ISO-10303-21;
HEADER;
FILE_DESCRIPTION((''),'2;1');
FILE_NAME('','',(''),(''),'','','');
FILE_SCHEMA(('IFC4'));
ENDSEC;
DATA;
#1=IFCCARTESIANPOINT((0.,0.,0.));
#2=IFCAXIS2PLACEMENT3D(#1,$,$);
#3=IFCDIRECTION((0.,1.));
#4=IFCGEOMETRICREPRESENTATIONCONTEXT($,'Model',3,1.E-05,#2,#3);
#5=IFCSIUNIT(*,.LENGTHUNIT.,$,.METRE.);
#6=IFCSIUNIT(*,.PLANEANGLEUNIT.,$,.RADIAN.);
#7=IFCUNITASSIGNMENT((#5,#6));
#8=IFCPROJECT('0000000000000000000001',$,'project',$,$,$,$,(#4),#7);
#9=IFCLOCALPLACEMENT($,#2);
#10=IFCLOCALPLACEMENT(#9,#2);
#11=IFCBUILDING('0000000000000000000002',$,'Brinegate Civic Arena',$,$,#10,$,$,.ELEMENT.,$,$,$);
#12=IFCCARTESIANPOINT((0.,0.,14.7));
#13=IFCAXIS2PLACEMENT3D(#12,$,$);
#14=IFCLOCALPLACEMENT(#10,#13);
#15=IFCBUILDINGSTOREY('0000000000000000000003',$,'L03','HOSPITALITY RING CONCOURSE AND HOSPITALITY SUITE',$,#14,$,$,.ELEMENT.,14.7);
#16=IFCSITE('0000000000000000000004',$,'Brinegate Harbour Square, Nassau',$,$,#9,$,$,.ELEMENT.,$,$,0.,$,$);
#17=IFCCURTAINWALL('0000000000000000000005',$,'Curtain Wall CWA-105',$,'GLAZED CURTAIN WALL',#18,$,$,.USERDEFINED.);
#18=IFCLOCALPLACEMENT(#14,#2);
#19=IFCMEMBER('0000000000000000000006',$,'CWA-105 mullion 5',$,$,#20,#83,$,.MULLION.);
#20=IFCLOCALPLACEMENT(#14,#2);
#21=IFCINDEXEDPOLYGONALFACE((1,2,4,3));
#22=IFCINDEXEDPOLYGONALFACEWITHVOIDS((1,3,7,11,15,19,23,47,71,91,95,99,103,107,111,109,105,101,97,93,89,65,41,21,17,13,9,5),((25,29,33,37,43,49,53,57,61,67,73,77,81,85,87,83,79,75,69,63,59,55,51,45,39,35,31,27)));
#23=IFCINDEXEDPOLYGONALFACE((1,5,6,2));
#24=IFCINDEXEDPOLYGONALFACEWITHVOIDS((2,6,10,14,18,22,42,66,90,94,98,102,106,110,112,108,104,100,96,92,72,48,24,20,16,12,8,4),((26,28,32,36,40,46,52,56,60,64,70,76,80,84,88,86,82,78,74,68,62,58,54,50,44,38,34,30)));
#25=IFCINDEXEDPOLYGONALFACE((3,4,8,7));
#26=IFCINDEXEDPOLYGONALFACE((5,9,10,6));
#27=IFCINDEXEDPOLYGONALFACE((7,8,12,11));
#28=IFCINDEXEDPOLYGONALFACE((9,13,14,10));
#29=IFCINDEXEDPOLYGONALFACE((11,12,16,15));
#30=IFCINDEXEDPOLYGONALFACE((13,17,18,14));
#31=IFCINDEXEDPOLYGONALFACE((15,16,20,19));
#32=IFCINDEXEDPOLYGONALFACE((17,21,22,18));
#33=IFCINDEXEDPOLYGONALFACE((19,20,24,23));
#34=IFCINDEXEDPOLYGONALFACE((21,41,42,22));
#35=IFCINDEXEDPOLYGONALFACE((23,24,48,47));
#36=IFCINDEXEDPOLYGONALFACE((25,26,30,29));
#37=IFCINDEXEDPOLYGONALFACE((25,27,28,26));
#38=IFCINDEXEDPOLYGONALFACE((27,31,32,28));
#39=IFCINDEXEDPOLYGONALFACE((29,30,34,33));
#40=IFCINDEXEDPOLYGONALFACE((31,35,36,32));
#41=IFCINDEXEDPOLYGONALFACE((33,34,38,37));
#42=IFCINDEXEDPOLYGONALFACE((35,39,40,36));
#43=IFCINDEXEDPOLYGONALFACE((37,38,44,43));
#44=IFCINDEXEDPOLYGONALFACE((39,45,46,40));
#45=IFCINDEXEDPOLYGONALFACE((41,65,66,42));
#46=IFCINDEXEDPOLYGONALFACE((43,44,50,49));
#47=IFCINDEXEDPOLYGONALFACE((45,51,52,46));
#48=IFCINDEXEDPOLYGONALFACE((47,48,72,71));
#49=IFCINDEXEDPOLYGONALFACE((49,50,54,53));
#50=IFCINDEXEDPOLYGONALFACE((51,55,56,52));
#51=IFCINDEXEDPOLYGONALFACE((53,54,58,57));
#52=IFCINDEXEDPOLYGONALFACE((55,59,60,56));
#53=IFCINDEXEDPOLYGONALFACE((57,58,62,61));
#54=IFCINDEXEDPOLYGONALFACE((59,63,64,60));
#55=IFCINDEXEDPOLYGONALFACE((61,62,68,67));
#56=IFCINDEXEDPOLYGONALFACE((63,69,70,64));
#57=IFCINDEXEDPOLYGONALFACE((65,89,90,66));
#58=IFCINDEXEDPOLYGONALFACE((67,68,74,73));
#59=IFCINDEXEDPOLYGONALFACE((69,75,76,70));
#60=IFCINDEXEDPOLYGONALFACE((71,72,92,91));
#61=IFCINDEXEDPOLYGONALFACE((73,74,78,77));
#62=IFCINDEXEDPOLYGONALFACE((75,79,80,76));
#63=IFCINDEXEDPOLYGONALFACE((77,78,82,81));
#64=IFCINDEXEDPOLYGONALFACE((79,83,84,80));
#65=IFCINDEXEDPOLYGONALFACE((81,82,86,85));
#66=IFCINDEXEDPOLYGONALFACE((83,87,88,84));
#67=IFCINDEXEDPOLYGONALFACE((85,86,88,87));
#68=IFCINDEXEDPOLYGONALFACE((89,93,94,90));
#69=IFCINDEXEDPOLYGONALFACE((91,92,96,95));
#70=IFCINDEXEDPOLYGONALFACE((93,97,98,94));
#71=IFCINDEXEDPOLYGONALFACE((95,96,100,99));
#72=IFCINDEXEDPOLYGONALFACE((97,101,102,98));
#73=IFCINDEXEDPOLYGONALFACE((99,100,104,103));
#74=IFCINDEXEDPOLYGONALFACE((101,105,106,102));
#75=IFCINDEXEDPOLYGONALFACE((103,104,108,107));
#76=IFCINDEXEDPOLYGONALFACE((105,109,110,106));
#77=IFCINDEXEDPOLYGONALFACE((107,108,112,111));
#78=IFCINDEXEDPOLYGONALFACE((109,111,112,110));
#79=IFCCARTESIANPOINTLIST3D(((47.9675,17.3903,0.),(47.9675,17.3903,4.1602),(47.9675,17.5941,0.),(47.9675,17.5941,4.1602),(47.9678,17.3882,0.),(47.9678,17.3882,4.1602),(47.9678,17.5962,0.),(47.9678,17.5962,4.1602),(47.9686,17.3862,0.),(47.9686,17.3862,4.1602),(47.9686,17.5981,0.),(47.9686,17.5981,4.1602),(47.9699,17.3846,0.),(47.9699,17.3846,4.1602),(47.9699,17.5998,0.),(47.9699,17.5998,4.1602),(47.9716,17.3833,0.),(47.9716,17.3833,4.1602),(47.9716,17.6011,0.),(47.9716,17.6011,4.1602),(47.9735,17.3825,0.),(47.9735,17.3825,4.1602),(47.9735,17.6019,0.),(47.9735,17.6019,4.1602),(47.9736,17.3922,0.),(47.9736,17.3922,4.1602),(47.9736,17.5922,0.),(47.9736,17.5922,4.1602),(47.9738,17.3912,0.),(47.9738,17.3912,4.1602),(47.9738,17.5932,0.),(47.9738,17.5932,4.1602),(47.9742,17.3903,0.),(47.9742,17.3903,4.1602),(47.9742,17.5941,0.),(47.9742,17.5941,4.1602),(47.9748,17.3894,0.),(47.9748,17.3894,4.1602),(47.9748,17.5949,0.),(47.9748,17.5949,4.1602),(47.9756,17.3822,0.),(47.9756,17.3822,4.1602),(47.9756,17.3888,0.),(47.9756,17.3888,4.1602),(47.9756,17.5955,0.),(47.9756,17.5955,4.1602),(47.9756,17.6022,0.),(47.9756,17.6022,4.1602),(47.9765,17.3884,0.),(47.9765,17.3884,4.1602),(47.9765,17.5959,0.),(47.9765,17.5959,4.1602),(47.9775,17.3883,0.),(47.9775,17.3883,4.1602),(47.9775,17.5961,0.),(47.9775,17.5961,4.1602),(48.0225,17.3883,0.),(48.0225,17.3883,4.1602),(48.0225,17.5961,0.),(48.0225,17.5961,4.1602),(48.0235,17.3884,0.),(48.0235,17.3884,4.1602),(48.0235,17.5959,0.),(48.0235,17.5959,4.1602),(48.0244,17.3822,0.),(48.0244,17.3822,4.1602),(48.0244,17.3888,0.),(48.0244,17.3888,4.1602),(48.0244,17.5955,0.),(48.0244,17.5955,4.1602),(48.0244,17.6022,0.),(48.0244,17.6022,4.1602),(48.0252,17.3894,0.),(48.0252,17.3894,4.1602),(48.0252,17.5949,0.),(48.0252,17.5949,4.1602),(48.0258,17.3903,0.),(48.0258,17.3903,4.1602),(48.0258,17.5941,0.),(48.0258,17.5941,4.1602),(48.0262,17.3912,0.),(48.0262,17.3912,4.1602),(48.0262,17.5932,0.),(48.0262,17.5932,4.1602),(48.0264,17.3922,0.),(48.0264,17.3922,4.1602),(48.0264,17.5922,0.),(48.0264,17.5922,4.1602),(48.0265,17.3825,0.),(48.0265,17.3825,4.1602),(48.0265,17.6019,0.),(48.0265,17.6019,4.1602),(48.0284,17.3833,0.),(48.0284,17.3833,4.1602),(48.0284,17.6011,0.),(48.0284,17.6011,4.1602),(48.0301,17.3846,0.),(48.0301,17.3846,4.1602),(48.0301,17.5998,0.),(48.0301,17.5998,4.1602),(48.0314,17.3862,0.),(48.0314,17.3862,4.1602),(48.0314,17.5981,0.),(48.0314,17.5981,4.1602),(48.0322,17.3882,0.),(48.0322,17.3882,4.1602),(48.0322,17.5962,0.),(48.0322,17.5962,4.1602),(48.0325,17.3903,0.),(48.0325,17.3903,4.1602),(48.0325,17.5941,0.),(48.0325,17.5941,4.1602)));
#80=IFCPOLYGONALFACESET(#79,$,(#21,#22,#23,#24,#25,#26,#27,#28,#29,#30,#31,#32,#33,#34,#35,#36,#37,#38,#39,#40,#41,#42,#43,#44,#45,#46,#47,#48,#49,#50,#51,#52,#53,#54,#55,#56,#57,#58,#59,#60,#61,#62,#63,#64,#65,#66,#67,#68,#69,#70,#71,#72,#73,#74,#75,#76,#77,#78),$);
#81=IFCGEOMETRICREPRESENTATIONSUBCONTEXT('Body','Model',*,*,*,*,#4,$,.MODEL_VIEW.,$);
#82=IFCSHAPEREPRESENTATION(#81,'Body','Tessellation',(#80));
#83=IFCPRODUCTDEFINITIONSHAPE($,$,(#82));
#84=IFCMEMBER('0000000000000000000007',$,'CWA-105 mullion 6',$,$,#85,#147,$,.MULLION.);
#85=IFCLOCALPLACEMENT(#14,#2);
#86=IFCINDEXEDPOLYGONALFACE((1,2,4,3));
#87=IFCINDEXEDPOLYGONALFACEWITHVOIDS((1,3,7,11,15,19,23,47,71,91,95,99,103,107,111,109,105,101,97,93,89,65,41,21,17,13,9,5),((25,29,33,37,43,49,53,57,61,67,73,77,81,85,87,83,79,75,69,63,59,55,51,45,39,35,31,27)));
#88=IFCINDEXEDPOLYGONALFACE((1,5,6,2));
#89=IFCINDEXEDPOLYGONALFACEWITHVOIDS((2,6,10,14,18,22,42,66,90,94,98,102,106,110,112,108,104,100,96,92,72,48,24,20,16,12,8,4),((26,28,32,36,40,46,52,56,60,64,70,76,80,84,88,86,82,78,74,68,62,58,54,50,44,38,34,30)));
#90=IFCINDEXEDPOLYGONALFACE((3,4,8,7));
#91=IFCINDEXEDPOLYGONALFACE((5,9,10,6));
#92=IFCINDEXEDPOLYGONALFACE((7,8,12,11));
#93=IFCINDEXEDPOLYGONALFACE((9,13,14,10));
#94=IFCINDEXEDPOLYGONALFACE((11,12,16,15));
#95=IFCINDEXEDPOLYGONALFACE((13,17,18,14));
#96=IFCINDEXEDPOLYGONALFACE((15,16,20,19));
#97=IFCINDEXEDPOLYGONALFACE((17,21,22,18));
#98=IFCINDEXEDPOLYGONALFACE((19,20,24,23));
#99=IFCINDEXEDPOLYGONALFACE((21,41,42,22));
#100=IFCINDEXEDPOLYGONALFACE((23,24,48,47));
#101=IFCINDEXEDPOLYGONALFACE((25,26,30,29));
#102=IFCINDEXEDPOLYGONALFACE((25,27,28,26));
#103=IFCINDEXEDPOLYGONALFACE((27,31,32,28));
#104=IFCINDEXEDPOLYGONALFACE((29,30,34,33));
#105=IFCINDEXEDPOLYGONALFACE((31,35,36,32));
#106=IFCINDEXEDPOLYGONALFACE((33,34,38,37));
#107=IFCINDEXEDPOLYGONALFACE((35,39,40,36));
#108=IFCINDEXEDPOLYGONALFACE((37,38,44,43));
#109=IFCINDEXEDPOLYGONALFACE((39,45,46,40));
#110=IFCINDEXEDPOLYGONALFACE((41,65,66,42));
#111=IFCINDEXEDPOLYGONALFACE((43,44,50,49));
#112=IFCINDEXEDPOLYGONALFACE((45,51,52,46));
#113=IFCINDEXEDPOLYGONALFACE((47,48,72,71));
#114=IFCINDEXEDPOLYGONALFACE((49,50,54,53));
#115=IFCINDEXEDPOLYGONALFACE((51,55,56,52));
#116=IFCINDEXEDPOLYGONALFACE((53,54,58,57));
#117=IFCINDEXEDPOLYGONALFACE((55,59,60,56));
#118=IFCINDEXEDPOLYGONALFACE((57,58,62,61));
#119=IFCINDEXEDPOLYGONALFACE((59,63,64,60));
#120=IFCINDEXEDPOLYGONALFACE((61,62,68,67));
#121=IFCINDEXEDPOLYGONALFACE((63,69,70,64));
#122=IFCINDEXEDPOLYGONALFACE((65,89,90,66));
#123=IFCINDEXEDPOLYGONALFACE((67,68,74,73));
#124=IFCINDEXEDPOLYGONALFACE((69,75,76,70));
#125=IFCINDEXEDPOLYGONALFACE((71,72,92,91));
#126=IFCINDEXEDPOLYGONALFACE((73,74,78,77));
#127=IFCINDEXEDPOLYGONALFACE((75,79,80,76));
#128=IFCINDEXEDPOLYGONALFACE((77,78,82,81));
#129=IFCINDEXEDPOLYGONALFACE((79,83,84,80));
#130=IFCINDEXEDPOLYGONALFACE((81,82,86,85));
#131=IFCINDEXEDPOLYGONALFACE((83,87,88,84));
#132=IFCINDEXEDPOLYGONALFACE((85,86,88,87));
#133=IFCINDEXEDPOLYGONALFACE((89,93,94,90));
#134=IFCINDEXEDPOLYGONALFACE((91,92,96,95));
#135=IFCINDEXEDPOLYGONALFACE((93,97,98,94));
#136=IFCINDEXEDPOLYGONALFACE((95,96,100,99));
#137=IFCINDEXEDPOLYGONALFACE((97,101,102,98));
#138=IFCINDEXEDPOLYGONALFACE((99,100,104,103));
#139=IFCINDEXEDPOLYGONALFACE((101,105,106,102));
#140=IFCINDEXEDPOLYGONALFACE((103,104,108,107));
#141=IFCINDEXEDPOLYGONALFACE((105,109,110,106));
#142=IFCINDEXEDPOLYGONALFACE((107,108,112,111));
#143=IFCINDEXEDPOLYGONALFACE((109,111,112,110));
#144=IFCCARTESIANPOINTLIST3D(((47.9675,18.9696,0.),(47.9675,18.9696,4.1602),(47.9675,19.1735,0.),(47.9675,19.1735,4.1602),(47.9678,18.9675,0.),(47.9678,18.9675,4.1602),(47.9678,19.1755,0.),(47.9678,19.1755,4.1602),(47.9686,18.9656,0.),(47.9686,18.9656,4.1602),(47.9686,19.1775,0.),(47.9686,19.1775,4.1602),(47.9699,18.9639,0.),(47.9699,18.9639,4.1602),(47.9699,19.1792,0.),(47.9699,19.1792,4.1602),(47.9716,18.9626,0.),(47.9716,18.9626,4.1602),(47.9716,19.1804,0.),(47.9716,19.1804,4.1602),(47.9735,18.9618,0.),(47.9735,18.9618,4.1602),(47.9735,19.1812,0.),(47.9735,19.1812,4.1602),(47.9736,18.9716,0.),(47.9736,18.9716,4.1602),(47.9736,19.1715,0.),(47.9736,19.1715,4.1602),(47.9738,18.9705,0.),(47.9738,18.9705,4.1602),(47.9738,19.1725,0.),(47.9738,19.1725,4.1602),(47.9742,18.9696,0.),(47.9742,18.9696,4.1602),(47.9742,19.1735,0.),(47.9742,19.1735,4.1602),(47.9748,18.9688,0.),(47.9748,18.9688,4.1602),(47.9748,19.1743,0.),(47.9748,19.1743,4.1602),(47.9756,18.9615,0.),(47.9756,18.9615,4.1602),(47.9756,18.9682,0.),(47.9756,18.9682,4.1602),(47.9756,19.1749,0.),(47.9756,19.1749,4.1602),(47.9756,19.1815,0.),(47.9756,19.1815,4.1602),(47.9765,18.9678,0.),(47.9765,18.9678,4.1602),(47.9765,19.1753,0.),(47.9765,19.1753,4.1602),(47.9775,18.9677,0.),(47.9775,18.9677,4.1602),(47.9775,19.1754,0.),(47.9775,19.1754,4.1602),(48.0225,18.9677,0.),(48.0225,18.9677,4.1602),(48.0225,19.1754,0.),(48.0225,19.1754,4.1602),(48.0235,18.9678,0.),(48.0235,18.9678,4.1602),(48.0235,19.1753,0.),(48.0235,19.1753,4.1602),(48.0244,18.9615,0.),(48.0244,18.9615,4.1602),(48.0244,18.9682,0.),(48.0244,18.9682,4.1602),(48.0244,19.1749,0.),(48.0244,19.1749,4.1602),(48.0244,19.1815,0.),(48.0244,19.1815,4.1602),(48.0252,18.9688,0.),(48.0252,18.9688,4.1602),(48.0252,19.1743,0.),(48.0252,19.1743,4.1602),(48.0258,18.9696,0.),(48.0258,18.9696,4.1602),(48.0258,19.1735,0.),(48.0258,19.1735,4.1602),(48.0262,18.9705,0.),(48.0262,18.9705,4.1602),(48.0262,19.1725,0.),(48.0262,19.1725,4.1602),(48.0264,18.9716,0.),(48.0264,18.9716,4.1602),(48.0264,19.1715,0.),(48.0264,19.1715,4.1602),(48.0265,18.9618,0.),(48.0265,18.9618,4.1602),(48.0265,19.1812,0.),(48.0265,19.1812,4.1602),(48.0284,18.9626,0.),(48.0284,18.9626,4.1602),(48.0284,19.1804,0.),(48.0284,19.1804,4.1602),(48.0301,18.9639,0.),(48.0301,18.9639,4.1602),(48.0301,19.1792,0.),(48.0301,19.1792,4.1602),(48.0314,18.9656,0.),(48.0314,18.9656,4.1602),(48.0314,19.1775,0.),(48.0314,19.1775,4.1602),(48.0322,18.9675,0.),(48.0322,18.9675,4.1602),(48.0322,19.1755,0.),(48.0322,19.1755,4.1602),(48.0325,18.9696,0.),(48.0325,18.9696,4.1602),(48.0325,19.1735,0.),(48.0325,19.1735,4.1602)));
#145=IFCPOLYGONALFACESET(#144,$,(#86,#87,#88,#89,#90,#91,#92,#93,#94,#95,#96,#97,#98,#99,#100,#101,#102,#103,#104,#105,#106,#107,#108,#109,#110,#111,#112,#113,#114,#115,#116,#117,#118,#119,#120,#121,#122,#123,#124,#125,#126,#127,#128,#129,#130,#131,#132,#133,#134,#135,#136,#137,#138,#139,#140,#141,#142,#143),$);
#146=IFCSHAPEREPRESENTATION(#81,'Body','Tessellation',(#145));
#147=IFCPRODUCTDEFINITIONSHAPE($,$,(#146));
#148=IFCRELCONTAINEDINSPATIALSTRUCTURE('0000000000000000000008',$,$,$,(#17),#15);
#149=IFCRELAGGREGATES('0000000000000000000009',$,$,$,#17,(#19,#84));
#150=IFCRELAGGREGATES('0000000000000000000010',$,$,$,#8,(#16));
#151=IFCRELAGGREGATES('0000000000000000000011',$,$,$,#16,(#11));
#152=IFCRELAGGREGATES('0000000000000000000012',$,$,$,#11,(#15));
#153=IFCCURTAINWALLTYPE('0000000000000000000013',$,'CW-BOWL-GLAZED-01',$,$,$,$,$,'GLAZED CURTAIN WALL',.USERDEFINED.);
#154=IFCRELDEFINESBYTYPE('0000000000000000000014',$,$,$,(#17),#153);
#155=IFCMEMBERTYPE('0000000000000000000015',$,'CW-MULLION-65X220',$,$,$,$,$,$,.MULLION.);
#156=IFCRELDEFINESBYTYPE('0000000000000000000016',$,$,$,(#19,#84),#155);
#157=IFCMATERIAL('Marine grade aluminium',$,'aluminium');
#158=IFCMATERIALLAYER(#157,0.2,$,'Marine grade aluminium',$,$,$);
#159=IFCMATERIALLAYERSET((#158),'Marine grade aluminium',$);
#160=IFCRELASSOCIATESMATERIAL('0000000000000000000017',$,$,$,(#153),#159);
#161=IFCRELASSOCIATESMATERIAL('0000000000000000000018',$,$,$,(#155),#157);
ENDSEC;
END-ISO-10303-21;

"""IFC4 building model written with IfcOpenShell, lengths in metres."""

from ifc_helpers import new_model, si_unit, direction, frame, origin, origin_2d, place, context, subcontext, project, spatial, hollow_rectangle, extrude, material, layer, layer_set, material_profile, profile_set, type_object, element, aggregate, save


model = new_model("IFC4")

# Units and contexts
model_context = context("Model", 3, precision=1e-05, world=origin(), true_north=direction((0.0, 1.0)))
body_context = subcontext(model_context, "Body", "Model", "MODEL_VIEW")
ifc_project = project(units=[si_unit("LENGTHUNIT", "METRE"), si_unit("PLANEANGLEUNIT", "RADIAN")], contexts=[model_context])

# Site, building, storey
site_placement = place(None, origin())
site = spatial("IfcSite", under=ifc_project, at=site_placement, Name="Brinegate Harbour Square, Nassau", CompositionType="ELEMENT", RefElevation=0.0)
building_placement = place(site_placement, origin())
building = spatial("IfcBuilding", under=site, at=building_placement, Name="Brinegate Civic Arena", CompositionType="ELEMENT")
storey_placement = place(building_placement, frame((0.0, 0.0, 14.7)))
storey = spatial("IfcBuildingStorey", under=building, at=storey_placement, Name="L03", Description="HOSPITALITY RING CONCOURSE AND HOSPITALITY SUITE", CompositionType="ELEMENT", Elevation=14.7)

# Curtain wall, members
ifc_material_1 = material(Name="Marine grade aluminium", Category="aluminium")
ifc_layer_1 = layer(ifc_material_1, 0.2, Name="Marine grade aluminium")
ifc_layer_set_1 = layer_set([ifc_layer_1], Name="Marine grade aluminium")
curtain_wall_type = type_object("IfcCurtainWallType", Name="CW-BOWL-GLAZED-01", ElementType="GLAZED CURTAIN WALL", PredefinedType="USERDEFINED", material=ifc_layer_set_1)
curtain_wall_1_placement = place(storey_placement, origin())
curtain_wall_1 = element("IfcCurtainWall", 1, at=curtain_wall_1_placement, inside=storey, type_object=curtain_wall_type, Name="Curtain Wall CWA-105", ObjectType="GLAZED CURTAIN WALL", PredefinedType="USERDEFINED")
ifc_material_profile_1 = material_profile(ifc_material_1, hollow_rectangle(XDim=0.0649, YDim=0.22, WallThickness=0.0061, InnerFilletRadius=0.0039, OuterFilletRadius=0.0081, at=origin_2d()), Name="MUL65X220")
ifc_profile_set_1 = profile_set([ifc_material_profile_1], Name="Marine grade aluminium")
member_type_1 = type_object("IfcMemberType", Name="CW-MULLION-65X220", PredefinedType="MULLION", material=ifc_profile_set_1)
member_1_placement = place(storey_placement, frame((48.0, 17.4922, 0.0), z_axis=(0.0, 0.0, 1.0), x_axis=(-1.0, 0.0, 0.0)))
member_1 = element("IfcMember", 2, at=member_1_placement, type_object=member_type_1, Name="CWA-105 mullion 5", PredefinedType="MULLION", context=body_context, shape_type="SweptSolid", body=[
    extrude(hollow_rectangle(XDim=0.0649, YDim=0.22, WallThickness=0.0061, InnerFilletRadius=0.0039, OuterFilletRadius=0.0081, at=origin_2d()), origin(), (0.0, 0.0, 1.0), 4.1602),
])
member_2_placement = place(storey_placement, frame((48.0, 19.0715, 0.0), z_axis=(0.0, 0.0, 1.0), x_axis=(-1.0, 0.0, 0.0)))
member_2 = element("IfcMember", 3, at=member_2_placement, type_object=member_type_1, Name="CWA-105 mullion 6", PredefinedType="MULLION", context=body_context, shape_type="SweptSolid", body=[
    extrude(hollow_rectangle(XDim=0.0649, YDim=0.22, WallThickness=0.0061, InnerFilletRadius=0.0039, OuterFilletRadius=0.0081, at=origin_2d()), origin(), (0.0, 0.0, 1.0), 4.1602),
])

aggregate(curtain_wall_1, [member_1, member_2])

save(model, "model.ifc")
